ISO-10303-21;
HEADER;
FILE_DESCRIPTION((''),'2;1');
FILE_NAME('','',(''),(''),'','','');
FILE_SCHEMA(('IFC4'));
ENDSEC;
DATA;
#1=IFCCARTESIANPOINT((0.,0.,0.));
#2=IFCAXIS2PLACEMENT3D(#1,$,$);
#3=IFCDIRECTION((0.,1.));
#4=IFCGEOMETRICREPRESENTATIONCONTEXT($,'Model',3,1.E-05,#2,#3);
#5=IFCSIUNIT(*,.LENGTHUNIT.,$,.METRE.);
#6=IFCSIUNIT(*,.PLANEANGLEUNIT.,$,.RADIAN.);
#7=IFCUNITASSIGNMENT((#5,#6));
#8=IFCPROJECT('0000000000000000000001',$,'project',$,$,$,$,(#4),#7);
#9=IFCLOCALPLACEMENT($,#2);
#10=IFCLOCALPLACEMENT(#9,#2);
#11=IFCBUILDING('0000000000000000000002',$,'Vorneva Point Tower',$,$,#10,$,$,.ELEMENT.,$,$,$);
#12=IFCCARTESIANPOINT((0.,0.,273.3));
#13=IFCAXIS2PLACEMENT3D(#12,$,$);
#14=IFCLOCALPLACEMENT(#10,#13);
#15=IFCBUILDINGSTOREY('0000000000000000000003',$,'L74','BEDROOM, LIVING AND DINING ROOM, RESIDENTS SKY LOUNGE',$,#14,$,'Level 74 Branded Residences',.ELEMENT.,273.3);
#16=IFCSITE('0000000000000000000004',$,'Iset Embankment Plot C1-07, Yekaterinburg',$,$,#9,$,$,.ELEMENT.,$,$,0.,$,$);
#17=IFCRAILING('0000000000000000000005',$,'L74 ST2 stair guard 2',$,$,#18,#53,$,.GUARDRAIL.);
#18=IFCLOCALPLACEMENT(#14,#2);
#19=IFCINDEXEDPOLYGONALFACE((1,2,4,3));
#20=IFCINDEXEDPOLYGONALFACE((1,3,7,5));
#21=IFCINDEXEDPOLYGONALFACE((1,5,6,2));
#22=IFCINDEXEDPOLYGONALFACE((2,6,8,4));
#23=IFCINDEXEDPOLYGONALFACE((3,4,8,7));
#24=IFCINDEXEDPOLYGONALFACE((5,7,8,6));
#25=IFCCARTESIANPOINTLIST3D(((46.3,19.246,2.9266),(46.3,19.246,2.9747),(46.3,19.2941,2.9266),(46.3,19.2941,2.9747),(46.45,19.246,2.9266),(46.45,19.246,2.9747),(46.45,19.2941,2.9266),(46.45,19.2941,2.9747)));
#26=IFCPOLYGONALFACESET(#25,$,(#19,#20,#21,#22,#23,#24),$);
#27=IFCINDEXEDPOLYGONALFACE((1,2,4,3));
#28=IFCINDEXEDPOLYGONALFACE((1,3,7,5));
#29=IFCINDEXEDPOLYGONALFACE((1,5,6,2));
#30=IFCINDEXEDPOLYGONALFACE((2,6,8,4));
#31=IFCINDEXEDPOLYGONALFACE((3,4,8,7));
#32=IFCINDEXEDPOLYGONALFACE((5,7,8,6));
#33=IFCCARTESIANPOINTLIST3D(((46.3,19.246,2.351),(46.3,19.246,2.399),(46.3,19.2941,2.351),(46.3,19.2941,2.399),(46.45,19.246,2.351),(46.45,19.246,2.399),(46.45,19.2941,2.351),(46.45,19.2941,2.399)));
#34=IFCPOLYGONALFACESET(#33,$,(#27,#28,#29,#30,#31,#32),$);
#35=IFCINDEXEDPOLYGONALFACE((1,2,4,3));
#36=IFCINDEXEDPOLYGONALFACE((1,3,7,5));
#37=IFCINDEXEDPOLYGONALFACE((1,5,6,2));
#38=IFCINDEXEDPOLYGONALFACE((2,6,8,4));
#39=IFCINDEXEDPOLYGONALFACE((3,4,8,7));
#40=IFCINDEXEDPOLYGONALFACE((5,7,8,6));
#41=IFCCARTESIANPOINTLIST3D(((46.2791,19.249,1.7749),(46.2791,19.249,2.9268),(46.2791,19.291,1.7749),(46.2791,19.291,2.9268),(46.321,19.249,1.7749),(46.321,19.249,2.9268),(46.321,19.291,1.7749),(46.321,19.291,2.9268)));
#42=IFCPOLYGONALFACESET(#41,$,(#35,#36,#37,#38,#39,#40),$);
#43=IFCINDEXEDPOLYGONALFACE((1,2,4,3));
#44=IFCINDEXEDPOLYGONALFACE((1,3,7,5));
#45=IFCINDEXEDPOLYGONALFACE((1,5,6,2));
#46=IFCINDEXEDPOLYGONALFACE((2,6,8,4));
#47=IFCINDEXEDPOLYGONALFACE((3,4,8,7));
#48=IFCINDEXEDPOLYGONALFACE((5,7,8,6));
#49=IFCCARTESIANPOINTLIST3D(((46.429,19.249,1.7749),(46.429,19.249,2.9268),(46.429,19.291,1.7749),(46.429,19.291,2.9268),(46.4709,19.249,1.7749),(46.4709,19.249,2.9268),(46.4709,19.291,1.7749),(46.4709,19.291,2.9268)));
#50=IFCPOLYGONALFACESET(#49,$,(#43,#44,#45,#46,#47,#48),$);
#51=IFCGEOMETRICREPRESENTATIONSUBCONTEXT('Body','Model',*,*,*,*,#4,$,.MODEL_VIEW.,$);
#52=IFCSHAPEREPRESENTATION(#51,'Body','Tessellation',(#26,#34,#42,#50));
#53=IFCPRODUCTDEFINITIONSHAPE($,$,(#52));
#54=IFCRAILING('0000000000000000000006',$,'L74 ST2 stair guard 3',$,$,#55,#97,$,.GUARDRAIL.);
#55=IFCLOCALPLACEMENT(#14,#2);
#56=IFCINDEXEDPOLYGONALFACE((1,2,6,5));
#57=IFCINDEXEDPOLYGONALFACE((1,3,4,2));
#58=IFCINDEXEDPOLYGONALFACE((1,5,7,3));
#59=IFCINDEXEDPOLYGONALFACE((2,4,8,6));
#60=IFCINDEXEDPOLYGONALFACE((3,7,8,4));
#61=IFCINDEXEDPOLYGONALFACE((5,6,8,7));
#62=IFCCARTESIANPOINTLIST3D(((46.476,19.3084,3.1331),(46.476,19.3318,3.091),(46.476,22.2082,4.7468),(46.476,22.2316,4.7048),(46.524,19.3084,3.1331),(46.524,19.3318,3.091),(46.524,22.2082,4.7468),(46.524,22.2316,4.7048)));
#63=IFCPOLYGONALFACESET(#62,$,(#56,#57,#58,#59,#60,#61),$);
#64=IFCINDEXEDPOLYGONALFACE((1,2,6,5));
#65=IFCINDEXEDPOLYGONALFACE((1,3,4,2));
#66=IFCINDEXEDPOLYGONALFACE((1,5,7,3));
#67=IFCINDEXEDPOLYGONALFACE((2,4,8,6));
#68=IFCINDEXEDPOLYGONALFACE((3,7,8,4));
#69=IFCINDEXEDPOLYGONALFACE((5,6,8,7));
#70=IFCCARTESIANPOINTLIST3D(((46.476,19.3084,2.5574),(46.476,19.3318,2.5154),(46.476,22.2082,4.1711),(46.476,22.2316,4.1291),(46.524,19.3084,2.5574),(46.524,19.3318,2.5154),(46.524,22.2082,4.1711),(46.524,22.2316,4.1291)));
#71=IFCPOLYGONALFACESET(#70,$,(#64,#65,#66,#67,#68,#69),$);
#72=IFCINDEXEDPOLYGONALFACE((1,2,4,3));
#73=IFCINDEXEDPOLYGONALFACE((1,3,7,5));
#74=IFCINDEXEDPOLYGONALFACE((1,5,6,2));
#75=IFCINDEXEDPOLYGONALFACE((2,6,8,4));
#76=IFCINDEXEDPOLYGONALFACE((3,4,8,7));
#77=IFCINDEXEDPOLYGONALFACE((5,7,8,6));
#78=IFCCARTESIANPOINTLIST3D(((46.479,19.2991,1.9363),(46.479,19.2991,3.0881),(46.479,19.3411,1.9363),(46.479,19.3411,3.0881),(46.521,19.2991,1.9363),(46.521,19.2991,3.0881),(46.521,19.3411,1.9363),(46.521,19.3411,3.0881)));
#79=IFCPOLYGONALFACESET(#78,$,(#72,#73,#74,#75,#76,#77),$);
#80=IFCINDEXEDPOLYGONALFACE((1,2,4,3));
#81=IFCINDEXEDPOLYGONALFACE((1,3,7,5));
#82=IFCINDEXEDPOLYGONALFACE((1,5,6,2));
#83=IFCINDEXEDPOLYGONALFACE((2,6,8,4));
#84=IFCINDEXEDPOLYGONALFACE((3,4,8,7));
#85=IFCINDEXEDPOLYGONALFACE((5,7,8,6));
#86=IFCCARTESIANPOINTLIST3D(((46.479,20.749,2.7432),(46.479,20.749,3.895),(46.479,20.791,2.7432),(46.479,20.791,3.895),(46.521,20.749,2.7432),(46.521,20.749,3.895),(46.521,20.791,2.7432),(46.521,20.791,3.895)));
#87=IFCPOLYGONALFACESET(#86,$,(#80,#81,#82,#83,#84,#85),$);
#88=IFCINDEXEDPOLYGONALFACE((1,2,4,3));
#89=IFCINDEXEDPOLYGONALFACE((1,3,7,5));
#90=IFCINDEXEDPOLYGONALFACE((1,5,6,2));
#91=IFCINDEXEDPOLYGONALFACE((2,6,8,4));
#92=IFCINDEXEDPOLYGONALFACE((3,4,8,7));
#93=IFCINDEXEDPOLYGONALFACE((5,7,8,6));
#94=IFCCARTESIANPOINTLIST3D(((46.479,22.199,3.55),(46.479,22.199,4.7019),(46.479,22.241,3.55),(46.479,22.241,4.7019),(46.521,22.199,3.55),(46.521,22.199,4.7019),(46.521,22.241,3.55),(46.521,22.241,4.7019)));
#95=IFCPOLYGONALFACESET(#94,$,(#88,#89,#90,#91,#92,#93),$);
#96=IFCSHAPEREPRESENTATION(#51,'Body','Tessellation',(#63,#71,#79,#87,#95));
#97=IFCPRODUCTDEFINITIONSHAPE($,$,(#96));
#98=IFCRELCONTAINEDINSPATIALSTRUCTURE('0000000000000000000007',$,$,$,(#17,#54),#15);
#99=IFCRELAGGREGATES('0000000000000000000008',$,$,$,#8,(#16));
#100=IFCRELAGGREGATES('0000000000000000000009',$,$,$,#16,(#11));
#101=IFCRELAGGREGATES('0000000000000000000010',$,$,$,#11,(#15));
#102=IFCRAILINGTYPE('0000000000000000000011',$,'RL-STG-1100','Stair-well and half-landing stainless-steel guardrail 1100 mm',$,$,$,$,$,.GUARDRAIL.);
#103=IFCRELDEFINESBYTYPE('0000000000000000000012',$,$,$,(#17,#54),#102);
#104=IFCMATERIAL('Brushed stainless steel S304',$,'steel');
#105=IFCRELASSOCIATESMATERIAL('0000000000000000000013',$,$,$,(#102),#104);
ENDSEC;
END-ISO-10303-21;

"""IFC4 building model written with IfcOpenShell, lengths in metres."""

from ifc_helpers import new_model, si_unit, direction, frame, origin, origin_2d, place, context, subcontext, project, spatial, rectangle, extrude, material, type_object, element, save


model = new_model("IFC4")

# Units and contexts
model_context = context("Model", 3, precision=1e-05, world=origin(), true_north=direction((0.0, 1.0)))
body_context = subcontext(model_context, "Body", "Model", "MODEL_VIEW")
ifc_project = project(units=[si_unit("LENGTHUNIT", "METRE"), si_unit("PLANEANGLEUNIT", "RADIAN")], contexts=[model_context])

# Site, building, storey
site_placement = place(None, origin())
site = spatial("IfcSite", under=ifc_project, at=site_placement, Name="Iset Embankment Plot C1-07, Yekaterinburg", CompositionType="ELEMENT", RefElevation=0.0)
building_placement = place(site_placement, origin())
building = spatial("IfcBuilding", under=site, at=building_placement, Name="Vorneva Point Tower", CompositionType="ELEMENT")
storey_placement = place(building_placement, frame((0.0, 0.0, 273.3)))
storey = spatial("IfcBuildingStorey", under=building, at=storey_placement, Name="L74", Description="BEDROOM, LIVING AND DINING ROOM, RESIDENTS SKY LOUNGE", LongName="Level 74 Branded Residences", CompositionType="ELEMENT", Elevation=273.3)

# Railings
ifc_material_1 = material(Name="Brushed stainless steel S304", Category="steel")
railing_type = type_object("IfcRailingType", Name="RL-STG-1100", Description="Stair-well and half-landing stainless-steel guardrail 1100 mm", PredefinedType="GUARDRAIL", material=ifc_material_1)
railing_1_placement = place(storey_placement, frame((46.3, 19.27, 1.7749)))
element("IfcRailing", 1, at=railing_1_placement, inside=storey, type_object=railing_type, Name="L74 ST2 stair guard 2", PredefinedType="GUARDRAIL", context=body_context, shape_type="SweptSolid", body=[
    extrude(rectangle(XDim=0.0481, YDim=0.0481, at=origin_2d()), frame((0.0, 0.0, 1.1758), z_axis=(1.0, 0.0, 0.0), x_axis=(0.0, 1.0, 0.0)), (0.0, 0.0, 1.0), 0.1499),
    extrude(rectangle(XDim=0.0481, YDim=0.0481, at=origin_2d()), frame((0.0, 0.0, 0.6001), z_axis=(1.0, 0.0, 0.0), x_axis=(0.0, 1.0, 0.0)), (0.0, 0.0, 1.0), 0.1499),
    extrude(rectangle(XDim=0.042, YDim=0.042, at=origin_2d()), origin(), (0.0, 0.0, 1.0), 1.1519),
    extrude(rectangle(XDim=0.042, YDim=0.042, at=origin_2d()), frame((0.1499, 0.0, 0.0)), (0.0, 0.0, 1.0), 1.1519),
])
railing_2_placement = place(storey_placement, frame((46.5, 19.3201, 1.9363)))
element("IfcRailing", 2, at=railing_2_placement, inside=storey, type_object=railing_type, Name="L74 ST2 stair guard 3", PredefinedType="GUARDRAIL", context=body_context, shape_type="SweptSolid", body=[
    extrude(rectangle(XDim=0.0481, YDim=0.0481, at=origin_2d()), frame((0.0, 0.0, 1.1758), z_axis=(0.0, 0.87381, 0.486267), x_axis=(-1.0, 0.0, 0.0)), (0.0, 0.0, 1.0), 3.3186),
    extrude(rectangle(XDim=0.0481, YDim=0.0481, at=origin_2d()), frame((0.0, 0.0, 0.6001), z_axis=(0.0, 0.87381, 0.486267), x_axis=(-1.0, 0.0, 0.0)), (0.0, 0.0, 1.0), 3.3186),
    extrude(rectangle(XDim=0.042, YDim=0.042, at=origin_2d()), origin(), (0.0, 0.0, 1.0), 1.1519),
    extrude(rectangle(XDim=0.042, YDim=0.042, at=origin_2d()), frame((0.0, 1.45, 0.8069)), (0.0, 0.0, 1.0), 1.1519),
    extrude(rectangle(XDim=0.042, YDim=0.042, at=origin_2d()), frame((0.0, 2.8999, 1.6138)), (0.0, 0.0, 1.0), 1.1519),
])

save(model, "model.ifc")
